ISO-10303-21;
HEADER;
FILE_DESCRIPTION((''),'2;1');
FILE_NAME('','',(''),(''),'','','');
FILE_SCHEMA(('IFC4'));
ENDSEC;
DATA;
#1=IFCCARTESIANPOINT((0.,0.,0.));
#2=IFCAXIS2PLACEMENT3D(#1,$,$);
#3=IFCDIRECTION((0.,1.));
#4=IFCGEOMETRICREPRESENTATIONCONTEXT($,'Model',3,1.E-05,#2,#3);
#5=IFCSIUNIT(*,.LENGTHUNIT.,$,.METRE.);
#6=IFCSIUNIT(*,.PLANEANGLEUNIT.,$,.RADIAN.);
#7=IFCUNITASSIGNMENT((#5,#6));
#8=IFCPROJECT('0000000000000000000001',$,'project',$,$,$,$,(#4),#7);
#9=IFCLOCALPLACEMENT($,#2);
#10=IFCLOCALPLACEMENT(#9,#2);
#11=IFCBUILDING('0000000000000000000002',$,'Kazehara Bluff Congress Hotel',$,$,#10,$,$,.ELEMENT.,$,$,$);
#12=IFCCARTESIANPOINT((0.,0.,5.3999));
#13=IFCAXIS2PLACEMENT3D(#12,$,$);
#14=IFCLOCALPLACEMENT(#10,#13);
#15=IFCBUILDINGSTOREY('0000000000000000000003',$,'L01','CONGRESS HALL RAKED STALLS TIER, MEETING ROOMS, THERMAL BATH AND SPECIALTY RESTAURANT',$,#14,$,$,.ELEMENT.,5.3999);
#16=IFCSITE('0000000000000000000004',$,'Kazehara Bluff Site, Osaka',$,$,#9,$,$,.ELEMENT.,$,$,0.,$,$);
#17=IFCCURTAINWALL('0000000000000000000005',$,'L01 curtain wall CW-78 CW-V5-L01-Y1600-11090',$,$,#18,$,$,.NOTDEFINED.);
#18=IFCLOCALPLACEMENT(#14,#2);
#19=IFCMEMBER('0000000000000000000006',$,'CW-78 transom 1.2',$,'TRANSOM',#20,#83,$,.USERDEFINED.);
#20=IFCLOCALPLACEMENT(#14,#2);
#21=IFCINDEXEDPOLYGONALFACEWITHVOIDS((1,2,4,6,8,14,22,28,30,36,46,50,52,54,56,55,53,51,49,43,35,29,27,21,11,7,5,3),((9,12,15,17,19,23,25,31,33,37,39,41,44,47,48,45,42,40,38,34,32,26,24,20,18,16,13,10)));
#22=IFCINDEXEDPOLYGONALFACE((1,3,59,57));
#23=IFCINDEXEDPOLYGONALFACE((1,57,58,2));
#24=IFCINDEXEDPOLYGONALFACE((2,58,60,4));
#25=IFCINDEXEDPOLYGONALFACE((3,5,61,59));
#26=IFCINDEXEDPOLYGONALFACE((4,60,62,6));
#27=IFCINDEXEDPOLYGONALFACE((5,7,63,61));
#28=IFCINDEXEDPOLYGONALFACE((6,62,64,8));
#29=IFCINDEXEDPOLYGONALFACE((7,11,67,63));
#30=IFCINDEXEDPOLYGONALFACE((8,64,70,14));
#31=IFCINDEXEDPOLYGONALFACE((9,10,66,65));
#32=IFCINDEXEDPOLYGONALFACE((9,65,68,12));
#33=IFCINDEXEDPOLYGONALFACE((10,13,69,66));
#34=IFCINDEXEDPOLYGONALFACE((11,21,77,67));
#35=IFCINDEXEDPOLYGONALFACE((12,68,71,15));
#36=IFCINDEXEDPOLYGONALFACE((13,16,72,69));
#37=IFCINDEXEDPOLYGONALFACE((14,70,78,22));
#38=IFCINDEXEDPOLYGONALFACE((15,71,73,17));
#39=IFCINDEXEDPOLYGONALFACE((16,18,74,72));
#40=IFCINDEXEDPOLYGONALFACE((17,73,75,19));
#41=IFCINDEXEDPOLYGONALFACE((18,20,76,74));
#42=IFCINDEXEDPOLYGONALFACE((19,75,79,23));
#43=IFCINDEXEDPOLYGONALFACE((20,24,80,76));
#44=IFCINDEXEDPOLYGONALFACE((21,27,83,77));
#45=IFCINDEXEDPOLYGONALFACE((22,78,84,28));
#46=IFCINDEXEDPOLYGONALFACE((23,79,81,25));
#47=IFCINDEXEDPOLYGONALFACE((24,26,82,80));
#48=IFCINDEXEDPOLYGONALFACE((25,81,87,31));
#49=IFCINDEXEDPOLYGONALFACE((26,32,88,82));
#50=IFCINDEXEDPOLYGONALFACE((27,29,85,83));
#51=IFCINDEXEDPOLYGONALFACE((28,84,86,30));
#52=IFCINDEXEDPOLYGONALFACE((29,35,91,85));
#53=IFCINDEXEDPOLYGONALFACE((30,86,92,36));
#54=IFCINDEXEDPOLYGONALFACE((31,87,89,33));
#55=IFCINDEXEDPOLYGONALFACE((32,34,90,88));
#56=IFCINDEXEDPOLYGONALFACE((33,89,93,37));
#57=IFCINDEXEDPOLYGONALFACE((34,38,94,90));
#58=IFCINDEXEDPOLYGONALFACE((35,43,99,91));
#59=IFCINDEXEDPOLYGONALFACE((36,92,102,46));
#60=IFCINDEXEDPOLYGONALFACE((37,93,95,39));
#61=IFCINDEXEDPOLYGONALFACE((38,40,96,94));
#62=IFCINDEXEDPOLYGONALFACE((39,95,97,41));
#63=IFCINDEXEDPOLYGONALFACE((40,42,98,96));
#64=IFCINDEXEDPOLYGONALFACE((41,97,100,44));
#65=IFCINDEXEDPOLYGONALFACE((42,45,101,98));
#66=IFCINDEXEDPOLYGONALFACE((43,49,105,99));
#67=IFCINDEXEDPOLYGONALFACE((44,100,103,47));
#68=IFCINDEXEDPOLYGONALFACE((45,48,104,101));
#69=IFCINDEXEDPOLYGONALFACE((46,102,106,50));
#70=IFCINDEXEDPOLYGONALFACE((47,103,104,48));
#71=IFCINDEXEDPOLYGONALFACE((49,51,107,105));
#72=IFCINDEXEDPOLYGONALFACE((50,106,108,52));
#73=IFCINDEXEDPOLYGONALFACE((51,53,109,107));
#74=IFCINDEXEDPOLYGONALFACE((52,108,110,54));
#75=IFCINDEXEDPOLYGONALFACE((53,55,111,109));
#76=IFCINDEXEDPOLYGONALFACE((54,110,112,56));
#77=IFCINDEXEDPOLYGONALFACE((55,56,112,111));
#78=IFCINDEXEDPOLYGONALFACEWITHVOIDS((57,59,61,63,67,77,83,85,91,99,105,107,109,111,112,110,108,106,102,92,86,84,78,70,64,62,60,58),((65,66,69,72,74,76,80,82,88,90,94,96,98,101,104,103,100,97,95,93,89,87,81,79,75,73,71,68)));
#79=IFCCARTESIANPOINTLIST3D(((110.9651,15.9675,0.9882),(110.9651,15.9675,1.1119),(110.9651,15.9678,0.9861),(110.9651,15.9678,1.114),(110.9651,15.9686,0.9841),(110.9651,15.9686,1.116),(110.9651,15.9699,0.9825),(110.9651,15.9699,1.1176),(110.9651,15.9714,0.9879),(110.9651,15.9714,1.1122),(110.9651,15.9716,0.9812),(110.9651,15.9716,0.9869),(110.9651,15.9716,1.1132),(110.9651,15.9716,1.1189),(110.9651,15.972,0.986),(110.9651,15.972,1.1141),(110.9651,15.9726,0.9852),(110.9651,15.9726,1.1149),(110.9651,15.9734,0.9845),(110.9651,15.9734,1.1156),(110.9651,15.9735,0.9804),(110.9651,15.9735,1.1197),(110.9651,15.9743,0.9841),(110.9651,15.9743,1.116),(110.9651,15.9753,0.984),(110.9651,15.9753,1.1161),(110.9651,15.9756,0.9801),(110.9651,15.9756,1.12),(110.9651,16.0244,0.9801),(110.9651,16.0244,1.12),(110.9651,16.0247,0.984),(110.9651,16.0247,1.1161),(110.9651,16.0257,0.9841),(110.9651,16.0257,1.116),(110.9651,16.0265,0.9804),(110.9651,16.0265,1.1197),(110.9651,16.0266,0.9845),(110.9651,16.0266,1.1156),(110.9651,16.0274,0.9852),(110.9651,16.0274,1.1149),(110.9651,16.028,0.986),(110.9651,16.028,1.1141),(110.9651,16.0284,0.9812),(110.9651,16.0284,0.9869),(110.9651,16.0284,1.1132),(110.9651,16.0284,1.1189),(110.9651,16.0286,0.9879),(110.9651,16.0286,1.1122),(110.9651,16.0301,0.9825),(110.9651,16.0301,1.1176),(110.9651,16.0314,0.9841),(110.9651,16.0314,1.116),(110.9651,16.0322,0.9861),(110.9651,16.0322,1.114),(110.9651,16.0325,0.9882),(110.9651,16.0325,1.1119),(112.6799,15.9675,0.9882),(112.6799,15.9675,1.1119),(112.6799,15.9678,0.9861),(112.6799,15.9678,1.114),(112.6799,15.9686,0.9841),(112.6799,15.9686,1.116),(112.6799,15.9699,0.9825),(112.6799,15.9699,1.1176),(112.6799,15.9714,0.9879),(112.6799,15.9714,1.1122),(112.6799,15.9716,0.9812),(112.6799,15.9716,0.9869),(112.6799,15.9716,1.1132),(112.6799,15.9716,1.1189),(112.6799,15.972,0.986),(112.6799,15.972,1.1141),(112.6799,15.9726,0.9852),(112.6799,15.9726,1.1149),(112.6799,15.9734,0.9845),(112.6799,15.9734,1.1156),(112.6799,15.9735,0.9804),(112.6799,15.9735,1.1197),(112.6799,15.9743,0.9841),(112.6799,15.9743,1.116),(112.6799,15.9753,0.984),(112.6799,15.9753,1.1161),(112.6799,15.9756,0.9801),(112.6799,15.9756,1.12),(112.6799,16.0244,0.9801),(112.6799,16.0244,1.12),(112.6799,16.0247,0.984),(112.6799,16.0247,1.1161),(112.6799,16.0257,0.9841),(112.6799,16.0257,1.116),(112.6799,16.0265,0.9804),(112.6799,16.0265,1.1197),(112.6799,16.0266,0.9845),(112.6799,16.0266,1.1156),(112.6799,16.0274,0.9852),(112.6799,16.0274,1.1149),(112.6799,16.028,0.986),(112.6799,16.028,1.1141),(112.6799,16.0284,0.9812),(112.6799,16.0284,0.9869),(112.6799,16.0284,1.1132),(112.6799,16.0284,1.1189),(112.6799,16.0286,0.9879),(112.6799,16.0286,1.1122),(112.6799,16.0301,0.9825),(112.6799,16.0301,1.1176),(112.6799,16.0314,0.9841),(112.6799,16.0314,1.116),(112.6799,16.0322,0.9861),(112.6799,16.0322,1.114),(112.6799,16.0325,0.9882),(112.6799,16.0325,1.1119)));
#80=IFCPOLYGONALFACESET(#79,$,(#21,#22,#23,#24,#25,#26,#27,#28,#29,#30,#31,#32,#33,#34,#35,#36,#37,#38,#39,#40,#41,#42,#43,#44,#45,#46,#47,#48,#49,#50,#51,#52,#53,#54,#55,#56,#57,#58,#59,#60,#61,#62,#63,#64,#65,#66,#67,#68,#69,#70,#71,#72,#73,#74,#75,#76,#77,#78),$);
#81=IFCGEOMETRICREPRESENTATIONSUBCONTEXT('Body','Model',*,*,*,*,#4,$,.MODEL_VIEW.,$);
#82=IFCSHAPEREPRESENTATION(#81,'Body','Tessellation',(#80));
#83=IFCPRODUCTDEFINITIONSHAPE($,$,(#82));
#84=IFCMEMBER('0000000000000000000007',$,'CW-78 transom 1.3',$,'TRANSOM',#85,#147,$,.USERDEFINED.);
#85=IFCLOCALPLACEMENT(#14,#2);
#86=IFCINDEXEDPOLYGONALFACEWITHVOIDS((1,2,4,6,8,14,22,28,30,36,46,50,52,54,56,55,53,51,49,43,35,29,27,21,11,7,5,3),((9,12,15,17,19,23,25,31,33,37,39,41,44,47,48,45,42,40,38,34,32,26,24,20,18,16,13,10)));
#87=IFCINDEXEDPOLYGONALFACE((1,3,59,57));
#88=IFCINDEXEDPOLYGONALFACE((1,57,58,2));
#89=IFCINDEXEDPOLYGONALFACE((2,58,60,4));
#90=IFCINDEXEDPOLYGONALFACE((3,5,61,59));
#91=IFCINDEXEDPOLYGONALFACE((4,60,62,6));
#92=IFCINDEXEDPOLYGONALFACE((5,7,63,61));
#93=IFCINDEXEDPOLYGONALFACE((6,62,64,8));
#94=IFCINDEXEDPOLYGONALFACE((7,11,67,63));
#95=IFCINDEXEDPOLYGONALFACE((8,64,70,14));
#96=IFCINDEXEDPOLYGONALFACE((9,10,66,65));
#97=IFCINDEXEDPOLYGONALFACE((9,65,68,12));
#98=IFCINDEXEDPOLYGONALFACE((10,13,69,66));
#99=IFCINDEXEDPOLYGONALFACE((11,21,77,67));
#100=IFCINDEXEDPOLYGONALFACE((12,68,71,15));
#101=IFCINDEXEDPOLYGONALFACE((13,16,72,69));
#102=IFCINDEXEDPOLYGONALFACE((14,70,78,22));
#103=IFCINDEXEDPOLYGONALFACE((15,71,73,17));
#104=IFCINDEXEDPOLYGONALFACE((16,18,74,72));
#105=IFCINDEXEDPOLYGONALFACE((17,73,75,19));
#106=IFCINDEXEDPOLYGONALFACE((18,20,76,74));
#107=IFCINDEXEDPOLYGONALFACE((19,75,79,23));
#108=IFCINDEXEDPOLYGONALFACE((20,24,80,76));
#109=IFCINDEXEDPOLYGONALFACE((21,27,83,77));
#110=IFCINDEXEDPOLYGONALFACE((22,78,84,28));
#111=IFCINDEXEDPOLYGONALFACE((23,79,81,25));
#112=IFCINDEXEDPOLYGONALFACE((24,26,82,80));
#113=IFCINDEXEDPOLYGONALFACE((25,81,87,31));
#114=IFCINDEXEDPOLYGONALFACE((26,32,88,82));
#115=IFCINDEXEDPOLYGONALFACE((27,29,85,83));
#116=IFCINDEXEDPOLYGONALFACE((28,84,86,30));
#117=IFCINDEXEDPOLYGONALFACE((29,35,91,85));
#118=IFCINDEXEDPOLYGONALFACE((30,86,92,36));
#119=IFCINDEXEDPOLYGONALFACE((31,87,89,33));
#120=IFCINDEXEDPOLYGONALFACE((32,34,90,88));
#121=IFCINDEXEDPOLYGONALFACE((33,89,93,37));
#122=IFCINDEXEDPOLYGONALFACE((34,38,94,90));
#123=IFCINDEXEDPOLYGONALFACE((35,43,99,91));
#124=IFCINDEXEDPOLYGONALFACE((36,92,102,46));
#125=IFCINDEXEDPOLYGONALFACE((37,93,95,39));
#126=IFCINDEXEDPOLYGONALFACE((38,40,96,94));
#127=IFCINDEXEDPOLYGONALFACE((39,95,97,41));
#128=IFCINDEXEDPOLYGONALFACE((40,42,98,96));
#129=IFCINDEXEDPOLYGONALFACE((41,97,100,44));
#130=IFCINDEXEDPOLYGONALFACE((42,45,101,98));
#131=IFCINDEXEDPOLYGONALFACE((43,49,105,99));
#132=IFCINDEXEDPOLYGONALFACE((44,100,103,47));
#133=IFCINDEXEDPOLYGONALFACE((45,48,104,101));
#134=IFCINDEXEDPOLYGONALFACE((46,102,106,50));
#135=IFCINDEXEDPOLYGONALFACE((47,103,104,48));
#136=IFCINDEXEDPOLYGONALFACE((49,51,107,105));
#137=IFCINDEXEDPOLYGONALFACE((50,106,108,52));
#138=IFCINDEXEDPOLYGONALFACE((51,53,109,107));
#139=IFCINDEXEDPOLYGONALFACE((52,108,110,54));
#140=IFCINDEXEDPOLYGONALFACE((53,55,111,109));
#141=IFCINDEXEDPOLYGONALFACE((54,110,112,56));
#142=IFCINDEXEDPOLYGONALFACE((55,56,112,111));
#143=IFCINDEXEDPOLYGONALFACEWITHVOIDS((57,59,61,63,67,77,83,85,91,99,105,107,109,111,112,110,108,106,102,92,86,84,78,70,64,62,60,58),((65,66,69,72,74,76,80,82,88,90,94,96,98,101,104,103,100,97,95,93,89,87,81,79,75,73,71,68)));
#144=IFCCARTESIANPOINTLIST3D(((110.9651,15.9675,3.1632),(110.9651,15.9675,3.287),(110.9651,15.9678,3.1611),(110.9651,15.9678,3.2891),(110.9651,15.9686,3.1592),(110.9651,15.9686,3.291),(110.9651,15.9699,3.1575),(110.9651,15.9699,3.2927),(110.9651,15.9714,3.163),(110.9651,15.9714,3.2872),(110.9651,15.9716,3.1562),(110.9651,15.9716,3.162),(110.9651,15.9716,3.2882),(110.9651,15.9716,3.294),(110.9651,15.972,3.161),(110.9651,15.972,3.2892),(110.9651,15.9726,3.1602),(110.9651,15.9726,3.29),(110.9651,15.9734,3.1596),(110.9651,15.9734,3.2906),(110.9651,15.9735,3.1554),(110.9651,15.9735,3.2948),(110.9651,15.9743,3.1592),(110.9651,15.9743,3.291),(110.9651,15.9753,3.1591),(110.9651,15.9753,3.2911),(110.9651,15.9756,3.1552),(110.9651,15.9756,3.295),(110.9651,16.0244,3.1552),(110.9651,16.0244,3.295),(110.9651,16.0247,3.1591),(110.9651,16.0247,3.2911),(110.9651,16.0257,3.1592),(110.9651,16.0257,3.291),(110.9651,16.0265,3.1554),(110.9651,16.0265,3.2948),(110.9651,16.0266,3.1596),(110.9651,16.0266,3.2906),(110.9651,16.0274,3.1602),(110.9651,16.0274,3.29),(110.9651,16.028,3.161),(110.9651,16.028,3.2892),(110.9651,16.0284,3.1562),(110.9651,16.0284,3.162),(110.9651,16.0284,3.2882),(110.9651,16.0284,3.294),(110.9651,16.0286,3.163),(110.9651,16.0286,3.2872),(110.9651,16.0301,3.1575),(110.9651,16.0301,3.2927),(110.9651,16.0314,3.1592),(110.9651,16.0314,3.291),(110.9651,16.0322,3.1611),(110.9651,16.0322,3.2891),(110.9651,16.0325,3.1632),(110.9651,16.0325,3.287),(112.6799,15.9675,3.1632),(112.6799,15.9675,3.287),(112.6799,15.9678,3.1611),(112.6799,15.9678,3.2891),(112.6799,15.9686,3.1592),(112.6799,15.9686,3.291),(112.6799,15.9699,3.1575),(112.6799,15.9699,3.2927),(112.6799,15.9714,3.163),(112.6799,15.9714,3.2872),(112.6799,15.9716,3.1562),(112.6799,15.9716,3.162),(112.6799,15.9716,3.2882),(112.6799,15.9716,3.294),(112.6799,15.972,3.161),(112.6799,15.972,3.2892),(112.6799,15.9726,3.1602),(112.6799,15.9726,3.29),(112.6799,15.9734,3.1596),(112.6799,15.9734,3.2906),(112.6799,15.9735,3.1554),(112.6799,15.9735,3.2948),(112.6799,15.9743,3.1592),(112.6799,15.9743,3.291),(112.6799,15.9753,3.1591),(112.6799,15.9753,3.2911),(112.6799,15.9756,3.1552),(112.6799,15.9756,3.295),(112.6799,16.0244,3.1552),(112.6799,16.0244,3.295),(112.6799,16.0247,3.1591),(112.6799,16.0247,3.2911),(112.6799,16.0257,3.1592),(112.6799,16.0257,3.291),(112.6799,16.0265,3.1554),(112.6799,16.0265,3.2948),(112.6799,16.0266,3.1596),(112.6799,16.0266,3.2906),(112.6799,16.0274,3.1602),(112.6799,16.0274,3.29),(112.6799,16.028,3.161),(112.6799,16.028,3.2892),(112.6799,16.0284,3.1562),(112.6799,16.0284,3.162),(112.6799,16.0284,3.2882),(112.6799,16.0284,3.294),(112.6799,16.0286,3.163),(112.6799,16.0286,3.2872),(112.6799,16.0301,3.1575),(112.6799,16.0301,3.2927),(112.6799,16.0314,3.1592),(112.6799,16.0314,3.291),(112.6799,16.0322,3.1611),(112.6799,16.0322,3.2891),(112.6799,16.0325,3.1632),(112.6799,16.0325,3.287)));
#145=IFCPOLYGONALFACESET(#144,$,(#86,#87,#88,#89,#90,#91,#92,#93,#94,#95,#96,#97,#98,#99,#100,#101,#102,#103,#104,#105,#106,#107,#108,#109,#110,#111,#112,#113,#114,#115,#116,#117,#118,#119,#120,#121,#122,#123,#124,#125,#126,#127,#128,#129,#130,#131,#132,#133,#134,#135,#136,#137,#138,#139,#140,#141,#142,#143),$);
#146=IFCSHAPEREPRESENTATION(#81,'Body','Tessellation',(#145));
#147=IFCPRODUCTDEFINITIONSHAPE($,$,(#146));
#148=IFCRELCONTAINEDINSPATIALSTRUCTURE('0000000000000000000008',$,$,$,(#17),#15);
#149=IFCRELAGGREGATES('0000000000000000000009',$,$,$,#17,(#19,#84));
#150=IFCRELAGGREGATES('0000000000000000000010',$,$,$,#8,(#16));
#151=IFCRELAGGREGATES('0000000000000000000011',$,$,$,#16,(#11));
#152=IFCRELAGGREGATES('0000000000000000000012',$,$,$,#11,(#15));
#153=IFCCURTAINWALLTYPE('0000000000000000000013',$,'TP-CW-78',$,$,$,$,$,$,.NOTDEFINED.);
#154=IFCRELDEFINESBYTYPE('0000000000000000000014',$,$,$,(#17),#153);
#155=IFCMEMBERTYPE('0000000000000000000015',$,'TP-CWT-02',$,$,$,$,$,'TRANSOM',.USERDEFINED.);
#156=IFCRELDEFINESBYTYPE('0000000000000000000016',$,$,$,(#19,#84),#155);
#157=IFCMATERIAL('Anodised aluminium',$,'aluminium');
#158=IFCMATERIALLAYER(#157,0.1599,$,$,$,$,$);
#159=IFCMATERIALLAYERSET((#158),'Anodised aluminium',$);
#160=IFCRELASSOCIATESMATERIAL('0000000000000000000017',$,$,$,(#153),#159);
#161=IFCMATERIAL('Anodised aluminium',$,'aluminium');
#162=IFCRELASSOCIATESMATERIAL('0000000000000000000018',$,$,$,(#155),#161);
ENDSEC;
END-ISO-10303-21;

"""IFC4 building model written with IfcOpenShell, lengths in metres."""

from ifc_helpers import new_model, si_unit, direction, frame, origin, origin_2d, place, context, subcontext, project, spatial, hollow_rectangle, extrude, material, layer, layer_set, material_profile, profile_set, type_object, element, aggregate, save


model = new_model("IFC4")

# Units and contexts
model_context = context("Model", 3, precision=1e-05, world=origin(), true_north=direction((0.0, 1.0)))
body_context = subcontext(model_context, "Body", "Model", "MODEL_VIEW")
ifc_project = project(units=[si_unit("LENGTHUNIT", "METRE"), si_unit("PLANEANGLEUNIT", "RADIAN")], contexts=[model_context])

# Site, building, storey
site_placement = place(None, origin())
site = spatial("IfcSite", under=ifc_project, at=site_placement, Name="Kazehara Bluff Site, Osaka", CompositionType="ELEMENT", RefElevation=0.0)
building_placement = place(site_placement, origin())
building = spatial("IfcBuilding", under=site, at=building_placement, Name="Kazehara Bluff Congress Hotel", CompositionType="ELEMENT")
storey_placement = place(building_placement, frame((0.0, 0.0, 5.3999)))
storey = spatial("IfcBuildingStorey", under=building, at=storey_placement, Name="L01", Description="CONGRESS HALL RAKED STALLS TIER, MEETING ROOMS, THERMAL BATH AND SPECIALTY RESTAURANT", CompositionType="ELEMENT", Elevation=5.3999)

# Curtain wall, members
ifc_material_1 = material(Name="Anodised aluminium", Category="aluminium")
ifc_layer_1 = layer(ifc_material_1, 0.1599)
ifc_layer_set_1 = layer_set([ifc_layer_1], Name="Anodised aluminium")
curtain_wall_type = type_object("IfcCurtainWallType", Name="TP-CW-78", PredefinedType="NOTDEFINED", material=ifc_layer_set_1)
curtain_wall_placement = place(storey_placement, origin())
curtain_wall = element("IfcCurtainWall", 1, at=curtain_wall_placement, inside=storey, type_object=curtain_wall_type, Name="L01 curtain wall CW-78 CW-V5-L01-Y1600-11090", PredefinedType="NOTDEFINED")
ifc_material_2 = material(Name="Anodised aluminium", Category="aluminium")
ifc_material_profile_1 = material_profile(ifc_material_2, hollow_rectangle(XDim=0.0649, YDim=0.1399, WallThickness=0.0039, InnerFilletRadius=0.0039, OuterFilletRadius=0.0081, at=origin_2d()))
ifc_profile_set_1 = profile_set([ifc_material_profile_1], Name="Anodised aluminium")
member_type_1 = type_object("IfcMemberType", Name="TP-CWT-02", ElementType="TRANSOM", PredefinedType="USERDEFINED", material=ifc_profile_set_1)
member_1_placement = place(storey_placement, frame((110.9651, 16.0, 1.05), z_axis=(1.0, 0.0, 0.0), x_axis=(0.0, 1.0, 0.0)))
member_1 = element("IfcMember", 2, at=member_1_placement, type_object=member_type_1, Name="CW-78 transom 1.2", ObjectType="TRANSOM", PredefinedType="USERDEFINED", context=body_context, shape_type="SweptSolid", body=[
    extrude(hollow_rectangle(XDim=0.0649, YDim=0.1399, WallThickness=0.0039, InnerFilletRadius=0.0039, OuterFilletRadius=0.0081, at=origin_2d()), origin(), (0.0, 0.0, 1.0), 1.7148),
])
member_2_placement = place(storey_placement, frame((110.9651, 16.0, 3.2251), z_axis=(1.0, 0.0, 0.0), x_axis=(0.0, 1.0, 0.0)))
member_2 = element("IfcMember", 3, at=member_2_placement, type_object=member_type_1, Name="CW-78 transom 1.3", ObjectType="TRANSOM", PredefinedType="USERDEFINED", context=body_context, shape_type="SweptSolid", body=[
    extrude(hollow_rectangle(XDim=0.0649, YDim=0.1399, WallThickness=0.0039, InnerFilletRadius=0.0039, OuterFilletRadius=0.0081, at=origin_2d()), origin(), (0.0, 0.0, 1.0), 1.7148),
])

aggregate(curtain_wall, [member_1, member_2])

save(model, "model.ifc")
